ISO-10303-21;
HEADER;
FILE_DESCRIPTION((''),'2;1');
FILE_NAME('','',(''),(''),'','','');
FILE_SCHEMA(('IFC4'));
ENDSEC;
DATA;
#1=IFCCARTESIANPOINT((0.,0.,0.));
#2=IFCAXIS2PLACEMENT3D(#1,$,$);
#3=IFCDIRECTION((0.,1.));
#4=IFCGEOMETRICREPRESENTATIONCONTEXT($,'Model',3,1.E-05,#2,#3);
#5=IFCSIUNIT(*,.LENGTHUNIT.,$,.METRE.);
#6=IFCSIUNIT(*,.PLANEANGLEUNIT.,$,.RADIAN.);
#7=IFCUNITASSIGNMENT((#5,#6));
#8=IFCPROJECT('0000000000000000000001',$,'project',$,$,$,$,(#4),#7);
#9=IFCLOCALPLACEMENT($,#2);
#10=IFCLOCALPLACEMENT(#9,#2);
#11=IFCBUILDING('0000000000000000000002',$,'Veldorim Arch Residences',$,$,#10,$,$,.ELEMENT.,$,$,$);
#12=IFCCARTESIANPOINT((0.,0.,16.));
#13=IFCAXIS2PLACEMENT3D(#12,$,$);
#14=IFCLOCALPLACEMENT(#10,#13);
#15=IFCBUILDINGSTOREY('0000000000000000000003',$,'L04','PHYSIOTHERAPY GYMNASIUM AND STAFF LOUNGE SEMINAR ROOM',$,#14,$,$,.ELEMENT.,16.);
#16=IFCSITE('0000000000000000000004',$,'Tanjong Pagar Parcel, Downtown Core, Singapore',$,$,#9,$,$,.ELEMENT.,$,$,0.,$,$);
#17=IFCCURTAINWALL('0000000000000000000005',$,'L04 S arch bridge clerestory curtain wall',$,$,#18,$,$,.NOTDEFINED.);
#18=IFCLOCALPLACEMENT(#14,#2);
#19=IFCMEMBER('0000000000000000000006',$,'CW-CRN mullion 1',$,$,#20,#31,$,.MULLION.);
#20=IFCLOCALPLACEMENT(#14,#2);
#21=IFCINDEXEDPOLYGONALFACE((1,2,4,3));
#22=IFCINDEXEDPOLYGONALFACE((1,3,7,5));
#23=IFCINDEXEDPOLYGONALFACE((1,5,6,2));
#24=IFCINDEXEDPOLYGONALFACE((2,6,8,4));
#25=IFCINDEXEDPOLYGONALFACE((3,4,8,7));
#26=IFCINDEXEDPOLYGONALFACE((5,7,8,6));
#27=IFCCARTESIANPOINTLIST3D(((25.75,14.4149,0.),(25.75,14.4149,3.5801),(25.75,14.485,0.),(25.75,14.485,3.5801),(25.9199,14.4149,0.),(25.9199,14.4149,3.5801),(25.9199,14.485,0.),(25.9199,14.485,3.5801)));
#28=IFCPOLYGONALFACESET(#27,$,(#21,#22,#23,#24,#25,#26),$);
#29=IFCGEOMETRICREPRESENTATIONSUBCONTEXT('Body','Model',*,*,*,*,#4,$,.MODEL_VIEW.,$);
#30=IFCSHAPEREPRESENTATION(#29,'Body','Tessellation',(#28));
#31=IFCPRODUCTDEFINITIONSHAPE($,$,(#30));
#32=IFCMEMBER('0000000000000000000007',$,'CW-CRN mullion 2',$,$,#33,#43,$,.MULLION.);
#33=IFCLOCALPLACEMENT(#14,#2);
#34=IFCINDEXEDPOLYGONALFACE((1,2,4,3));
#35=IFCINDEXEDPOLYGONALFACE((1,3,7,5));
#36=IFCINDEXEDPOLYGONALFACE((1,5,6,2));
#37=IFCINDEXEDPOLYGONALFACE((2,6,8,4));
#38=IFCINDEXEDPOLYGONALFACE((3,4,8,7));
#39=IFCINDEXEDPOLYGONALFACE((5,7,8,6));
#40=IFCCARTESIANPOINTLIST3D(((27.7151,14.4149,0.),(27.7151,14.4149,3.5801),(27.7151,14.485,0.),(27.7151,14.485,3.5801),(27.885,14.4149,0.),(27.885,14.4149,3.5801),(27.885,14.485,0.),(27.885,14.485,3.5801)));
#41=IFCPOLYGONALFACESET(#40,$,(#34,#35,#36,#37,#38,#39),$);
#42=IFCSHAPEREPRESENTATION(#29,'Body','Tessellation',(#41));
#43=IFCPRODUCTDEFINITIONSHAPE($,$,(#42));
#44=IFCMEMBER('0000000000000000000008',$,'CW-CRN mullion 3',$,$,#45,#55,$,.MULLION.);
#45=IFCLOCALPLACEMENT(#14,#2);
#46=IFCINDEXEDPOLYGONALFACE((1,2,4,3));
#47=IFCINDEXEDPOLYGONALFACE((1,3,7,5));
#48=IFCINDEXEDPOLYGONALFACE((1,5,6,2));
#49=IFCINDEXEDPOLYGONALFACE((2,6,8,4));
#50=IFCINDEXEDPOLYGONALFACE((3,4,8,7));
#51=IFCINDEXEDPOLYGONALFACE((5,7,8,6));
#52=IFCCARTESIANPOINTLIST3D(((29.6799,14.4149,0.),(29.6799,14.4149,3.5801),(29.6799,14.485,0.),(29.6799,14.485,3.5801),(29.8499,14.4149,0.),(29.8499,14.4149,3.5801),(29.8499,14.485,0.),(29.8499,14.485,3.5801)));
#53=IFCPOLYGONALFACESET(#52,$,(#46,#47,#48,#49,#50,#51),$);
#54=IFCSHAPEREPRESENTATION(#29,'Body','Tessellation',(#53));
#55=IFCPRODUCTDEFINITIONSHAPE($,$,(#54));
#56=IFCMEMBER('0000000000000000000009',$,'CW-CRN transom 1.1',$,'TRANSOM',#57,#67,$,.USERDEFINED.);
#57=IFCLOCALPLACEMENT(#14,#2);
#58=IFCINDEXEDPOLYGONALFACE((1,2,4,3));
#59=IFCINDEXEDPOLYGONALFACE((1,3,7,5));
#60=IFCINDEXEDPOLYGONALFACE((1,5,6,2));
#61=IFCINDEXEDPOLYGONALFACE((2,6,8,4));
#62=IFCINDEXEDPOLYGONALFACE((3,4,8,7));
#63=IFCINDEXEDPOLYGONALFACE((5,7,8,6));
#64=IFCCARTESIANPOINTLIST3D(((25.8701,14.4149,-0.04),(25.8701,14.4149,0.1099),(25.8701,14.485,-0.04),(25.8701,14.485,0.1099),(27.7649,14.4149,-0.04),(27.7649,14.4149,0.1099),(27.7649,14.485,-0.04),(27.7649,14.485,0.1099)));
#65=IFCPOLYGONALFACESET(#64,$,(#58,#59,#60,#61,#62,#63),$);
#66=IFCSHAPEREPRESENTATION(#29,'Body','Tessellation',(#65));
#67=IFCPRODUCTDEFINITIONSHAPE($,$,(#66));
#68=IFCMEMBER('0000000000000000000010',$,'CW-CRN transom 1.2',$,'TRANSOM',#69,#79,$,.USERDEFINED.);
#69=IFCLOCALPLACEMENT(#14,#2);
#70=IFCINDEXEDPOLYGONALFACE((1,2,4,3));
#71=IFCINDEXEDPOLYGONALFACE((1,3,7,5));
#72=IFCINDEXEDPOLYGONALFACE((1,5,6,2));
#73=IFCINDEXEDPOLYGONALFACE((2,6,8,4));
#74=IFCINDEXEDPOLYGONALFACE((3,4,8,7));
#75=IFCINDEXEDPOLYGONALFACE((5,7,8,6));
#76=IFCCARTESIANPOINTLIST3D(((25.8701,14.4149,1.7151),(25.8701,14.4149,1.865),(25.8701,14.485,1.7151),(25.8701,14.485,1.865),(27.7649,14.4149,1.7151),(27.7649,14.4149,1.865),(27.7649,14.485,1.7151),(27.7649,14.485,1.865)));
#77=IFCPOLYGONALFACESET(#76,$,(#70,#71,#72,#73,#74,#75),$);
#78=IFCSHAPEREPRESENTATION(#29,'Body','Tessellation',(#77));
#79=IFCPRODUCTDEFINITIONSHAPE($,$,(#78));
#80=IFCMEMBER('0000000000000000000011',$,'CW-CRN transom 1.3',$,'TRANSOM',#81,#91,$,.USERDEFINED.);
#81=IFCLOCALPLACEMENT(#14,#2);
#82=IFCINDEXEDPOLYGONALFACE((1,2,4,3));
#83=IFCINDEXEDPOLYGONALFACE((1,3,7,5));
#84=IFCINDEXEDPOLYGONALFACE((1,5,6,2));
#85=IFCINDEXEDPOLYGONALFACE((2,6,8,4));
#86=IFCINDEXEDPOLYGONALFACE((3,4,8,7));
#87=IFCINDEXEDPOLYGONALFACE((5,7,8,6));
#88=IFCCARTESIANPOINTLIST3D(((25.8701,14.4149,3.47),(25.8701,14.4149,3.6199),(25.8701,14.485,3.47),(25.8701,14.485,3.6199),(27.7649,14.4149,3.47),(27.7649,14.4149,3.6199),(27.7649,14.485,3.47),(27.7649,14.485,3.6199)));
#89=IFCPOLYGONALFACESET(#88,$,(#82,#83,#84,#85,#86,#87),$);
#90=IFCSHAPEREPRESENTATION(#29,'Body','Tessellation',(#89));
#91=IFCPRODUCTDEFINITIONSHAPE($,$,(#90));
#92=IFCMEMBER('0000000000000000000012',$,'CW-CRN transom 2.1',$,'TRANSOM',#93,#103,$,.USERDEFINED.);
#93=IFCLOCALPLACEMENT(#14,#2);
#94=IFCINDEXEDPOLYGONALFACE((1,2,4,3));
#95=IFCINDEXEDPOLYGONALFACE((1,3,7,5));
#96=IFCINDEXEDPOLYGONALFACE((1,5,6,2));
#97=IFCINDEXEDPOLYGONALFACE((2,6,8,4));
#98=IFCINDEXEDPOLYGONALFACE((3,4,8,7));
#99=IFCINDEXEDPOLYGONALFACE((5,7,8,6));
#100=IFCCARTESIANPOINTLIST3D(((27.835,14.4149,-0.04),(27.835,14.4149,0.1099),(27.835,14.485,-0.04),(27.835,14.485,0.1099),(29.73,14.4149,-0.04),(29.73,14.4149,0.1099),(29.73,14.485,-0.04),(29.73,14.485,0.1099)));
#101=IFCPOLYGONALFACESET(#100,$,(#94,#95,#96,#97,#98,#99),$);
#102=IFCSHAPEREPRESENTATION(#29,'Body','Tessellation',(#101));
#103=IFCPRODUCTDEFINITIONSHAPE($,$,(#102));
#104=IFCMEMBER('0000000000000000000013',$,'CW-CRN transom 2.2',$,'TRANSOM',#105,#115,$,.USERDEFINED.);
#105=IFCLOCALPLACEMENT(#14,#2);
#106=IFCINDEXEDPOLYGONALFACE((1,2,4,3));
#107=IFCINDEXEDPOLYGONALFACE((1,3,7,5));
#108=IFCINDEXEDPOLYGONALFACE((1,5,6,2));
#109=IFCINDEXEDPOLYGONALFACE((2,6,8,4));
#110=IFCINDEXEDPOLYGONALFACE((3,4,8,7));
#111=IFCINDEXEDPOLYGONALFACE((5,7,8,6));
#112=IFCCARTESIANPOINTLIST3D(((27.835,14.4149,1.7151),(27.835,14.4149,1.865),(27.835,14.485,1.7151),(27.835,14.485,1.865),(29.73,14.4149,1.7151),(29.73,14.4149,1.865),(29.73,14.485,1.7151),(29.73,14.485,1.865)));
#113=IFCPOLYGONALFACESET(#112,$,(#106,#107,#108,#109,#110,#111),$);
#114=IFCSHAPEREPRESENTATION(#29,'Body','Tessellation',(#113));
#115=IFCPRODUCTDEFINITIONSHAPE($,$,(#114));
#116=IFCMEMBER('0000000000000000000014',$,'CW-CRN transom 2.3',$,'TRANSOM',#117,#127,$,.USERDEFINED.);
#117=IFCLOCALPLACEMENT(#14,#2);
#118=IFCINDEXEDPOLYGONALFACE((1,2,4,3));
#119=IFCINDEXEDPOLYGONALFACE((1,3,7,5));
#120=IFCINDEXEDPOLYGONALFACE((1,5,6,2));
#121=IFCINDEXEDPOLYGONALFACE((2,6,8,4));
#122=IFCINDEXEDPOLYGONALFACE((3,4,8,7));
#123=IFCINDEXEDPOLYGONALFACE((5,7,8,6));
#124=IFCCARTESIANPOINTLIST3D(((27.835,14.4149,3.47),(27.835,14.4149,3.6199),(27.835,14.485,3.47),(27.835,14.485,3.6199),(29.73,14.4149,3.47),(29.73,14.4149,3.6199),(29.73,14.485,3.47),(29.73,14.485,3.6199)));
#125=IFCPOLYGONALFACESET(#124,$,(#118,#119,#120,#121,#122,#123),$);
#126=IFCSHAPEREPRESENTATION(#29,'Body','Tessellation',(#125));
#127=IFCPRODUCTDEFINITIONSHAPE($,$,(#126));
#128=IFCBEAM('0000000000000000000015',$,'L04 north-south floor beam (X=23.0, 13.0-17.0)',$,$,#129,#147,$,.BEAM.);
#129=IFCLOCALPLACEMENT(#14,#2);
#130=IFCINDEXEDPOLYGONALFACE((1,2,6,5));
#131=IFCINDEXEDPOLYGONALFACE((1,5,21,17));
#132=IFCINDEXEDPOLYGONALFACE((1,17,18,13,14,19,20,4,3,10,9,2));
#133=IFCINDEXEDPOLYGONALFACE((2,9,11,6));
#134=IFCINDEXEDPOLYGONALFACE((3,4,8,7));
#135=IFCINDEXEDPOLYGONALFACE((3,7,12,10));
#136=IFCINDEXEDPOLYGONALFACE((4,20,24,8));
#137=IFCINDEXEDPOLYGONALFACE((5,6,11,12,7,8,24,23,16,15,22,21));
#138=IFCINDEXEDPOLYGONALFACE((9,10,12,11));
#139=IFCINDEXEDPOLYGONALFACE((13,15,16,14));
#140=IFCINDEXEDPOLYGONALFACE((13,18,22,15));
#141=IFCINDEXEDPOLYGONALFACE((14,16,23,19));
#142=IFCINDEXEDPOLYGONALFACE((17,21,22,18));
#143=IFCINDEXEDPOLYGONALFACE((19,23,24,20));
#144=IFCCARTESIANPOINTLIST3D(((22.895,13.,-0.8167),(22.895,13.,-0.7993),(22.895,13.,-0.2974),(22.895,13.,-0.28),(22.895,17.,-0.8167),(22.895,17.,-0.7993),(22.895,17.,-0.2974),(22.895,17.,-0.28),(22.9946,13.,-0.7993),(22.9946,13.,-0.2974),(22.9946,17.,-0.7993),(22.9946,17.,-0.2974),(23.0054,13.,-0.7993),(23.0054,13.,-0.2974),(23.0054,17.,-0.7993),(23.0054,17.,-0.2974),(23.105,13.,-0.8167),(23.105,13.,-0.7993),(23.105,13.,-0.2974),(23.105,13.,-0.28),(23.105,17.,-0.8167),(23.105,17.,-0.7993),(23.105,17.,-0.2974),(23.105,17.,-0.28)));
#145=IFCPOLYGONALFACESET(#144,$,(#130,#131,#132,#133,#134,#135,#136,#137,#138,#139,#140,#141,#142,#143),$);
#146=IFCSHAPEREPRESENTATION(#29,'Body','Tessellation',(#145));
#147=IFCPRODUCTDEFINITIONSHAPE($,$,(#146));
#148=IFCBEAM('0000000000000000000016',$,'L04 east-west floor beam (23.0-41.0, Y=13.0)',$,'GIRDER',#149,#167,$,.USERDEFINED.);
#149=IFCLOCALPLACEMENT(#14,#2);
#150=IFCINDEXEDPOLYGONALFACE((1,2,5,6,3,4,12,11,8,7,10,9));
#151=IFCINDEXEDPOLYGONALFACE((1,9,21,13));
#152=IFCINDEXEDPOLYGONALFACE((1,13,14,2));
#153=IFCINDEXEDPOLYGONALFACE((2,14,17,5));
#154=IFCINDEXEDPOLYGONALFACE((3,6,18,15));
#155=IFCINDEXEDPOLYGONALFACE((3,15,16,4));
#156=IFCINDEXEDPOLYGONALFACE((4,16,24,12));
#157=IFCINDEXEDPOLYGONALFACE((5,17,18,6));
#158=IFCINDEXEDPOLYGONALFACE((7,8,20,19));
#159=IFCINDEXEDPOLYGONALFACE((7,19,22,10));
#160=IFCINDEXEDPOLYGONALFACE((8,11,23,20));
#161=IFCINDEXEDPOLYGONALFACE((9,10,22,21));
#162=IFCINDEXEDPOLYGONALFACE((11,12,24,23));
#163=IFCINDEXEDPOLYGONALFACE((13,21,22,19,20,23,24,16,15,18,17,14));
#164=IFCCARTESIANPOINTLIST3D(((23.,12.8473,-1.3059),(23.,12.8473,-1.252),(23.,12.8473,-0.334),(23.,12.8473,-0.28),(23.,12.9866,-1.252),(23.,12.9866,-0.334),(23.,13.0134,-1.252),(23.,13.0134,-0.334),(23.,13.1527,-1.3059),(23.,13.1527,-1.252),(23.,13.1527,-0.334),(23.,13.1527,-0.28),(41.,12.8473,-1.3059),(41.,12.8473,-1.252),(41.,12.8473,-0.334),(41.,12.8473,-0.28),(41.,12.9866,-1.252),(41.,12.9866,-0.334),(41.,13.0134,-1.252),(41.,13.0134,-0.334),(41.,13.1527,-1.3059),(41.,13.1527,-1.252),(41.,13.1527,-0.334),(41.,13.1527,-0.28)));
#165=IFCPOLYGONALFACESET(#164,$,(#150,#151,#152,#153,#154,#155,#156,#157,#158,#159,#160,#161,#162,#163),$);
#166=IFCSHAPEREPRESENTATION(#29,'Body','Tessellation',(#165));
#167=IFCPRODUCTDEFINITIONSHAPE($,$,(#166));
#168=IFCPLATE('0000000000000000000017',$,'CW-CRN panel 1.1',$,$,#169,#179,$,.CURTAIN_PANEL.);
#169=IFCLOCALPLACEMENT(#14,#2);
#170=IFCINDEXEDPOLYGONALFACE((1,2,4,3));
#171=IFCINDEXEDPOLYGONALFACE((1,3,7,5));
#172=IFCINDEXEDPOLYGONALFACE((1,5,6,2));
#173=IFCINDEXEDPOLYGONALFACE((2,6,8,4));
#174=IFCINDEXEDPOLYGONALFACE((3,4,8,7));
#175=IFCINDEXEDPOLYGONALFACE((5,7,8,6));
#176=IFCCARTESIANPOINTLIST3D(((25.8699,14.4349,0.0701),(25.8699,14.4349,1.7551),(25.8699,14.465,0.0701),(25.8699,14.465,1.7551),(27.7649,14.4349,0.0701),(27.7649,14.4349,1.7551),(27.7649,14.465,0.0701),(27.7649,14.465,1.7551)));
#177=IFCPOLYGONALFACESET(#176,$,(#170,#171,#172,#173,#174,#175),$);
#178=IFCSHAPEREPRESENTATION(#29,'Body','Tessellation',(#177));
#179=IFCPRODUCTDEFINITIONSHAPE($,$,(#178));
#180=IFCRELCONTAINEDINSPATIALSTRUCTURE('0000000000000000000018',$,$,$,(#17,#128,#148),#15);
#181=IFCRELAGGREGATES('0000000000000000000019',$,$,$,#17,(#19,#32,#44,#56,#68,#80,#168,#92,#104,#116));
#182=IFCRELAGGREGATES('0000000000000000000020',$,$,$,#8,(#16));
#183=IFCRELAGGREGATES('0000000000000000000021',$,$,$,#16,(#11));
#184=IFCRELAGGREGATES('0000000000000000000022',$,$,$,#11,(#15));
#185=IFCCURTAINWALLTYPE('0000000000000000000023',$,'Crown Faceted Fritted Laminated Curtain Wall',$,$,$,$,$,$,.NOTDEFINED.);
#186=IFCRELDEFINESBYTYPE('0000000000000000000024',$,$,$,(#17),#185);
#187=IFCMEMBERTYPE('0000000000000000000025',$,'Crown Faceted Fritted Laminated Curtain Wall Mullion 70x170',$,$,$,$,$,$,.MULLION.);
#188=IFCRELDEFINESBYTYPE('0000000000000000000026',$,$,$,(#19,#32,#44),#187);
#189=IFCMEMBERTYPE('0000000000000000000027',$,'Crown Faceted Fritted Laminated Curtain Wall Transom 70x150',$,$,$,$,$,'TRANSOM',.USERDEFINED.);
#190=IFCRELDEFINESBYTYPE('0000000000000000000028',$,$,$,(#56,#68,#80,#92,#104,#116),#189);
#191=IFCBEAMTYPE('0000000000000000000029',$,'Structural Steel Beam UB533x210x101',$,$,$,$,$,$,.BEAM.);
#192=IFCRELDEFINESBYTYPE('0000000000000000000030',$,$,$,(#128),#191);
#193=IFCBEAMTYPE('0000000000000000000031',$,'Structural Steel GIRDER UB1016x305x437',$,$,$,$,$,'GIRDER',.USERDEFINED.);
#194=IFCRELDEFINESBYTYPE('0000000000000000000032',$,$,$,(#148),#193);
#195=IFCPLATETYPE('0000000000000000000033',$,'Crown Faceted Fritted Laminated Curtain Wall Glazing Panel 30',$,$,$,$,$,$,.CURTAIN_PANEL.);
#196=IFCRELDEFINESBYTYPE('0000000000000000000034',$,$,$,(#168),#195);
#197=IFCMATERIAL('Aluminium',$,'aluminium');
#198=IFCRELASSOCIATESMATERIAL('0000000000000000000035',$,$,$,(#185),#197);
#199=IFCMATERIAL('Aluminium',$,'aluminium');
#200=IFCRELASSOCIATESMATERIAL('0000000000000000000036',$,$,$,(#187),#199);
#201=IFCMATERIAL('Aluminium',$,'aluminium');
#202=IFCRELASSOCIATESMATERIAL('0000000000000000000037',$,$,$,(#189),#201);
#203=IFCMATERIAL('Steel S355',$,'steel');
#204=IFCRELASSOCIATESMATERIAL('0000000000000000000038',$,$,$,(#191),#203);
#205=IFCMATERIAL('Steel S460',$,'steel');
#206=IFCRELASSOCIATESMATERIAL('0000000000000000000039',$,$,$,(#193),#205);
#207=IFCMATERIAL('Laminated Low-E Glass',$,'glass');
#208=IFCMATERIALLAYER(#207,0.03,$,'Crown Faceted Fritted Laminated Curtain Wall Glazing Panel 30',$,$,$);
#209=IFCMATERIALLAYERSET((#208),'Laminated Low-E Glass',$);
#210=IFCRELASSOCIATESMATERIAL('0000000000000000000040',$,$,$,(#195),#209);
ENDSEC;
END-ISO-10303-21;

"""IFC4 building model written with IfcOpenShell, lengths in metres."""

from ifc_helpers import new_model, si_unit, direction, frame, origin, origin_2d, place, context, subcontext, project, spatial, rectangle, i_section, extrude, material, layer, layer_set, material_profile, profile_set, type_object, element, aggregate, save


model = new_model("IFC4")

# Units and contexts
model_context = context("Model", 3, precision=1e-05, world=origin(), true_north=direction((0.0, 1.0)))
body_context = subcontext(model_context, "Body", "Model", "MODEL_VIEW")
ifc_project = project(units=[si_unit("LENGTHUNIT", "METRE"), si_unit("PLANEANGLEUNIT", "RADIAN")], contexts=[model_context])

# Site, building, storey
site_placement = place(None, origin())
site = spatial("IfcSite", under=ifc_project, at=site_placement, Name="Tanjong Pagar Parcel, Downtown Core, Singapore", CompositionType="ELEMENT", RefElevation=0.0)
building_placement = place(site_placement, origin())
building = spatial("IfcBuilding", under=site, at=building_placement, Name="Veldorim Arch Residences", CompositionType="ELEMENT")
storey_placement = place(building_placement, frame((0.0, 0.0, 16.0)))
storey = spatial("IfcBuildingStorey", under=building, at=storey_placement, Name="L04", Description="PHYSIOTHERAPY GYMNASIUM AND STAFF LOUNGE SEMINAR ROOM", CompositionType="ELEMENT", Elevation=16.0)

# Curtain wall, members
ifc_material_1 = material(Name="Aluminium", Category="aluminium")
curtain_wall_type = type_object("IfcCurtainWallType", Name="Crown Faceted Fritted Laminated Curtain Wall", PredefinedType="NOTDEFINED", material=ifc_material_1)
curtain_wall_placement = place(storey_placement, origin())
curtain_wall = element("IfcCurtainWall", 1, at=curtain_wall_placement, inside=storey, type_object=curtain_wall_type, Name="L04 S arch bridge clerestory curtain wall", PredefinedType="NOTDEFINED")
ifc_material_2 = material(Name="Aluminium", Category="aluminium")
ifc_material_profile_1 = material_profile(ifc_material_2, rectangle(XDim=0.0701, YDim=0.1699, at=origin_2d()), Name="ALU_MUL_70x170")
ifc_profile_set_1 = profile_set([ifc_material_profile_1], Name="Aluminium")
member_type_1 = type_object("IfcMemberType", Name="Crown Faceted Fritted Laminated Curtain Wall Mullion 70x170", PredefinedType="MULLION", material=ifc_profile_set_1)
member_1_placement = place(storey_placement, frame((25.835, 14.45, 0.0), z_axis=(0.0, 0.0, 1.0), x_axis=(0.0, 1.0, 0.0)))
member_1 = element("IfcMember", 2, at=member_1_placement, type_object=member_type_1, Name="CW-CRN mullion 1", PredefinedType="MULLION", context=body_context, shape_type="SweptSolid", body=[
    extrude(rectangle(XDim=0.0701, YDim=0.1699, at=origin_2d()), origin(), (0.0, 0.0, 1.0), 3.5801),
])
member_2_placement = place(storey_placement, frame((27.8, 14.45, 0.0), z_axis=(0.0, 0.0, 1.0), x_axis=(0.0, 1.0, 0.0)))
member_2 = element("IfcMember", 3, at=member_2_placement, type_object=member_type_1, Name="CW-CRN mullion 2", PredefinedType="MULLION", context=body_context, shape_type="SweptSolid", body=[
    extrude(rectangle(XDim=0.0701, YDim=0.1699, at=origin_2d()), origin(), (0.0, 0.0, 1.0), 3.5801),
])
member_3_placement = place(storey_placement, frame((29.7649, 14.45, 0.0), z_axis=(0.0, 0.0, 1.0), x_axis=(0.0, 1.0, 0.0)))
member_3 = element("IfcMember", 4, at=member_3_placement, type_object=member_type_1, Name="CW-CRN mullion 3", PredefinedType="MULLION", context=body_context, shape_type="SweptSolid", body=[
    extrude(rectangle(XDim=0.0701, YDim=0.1699, at=origin_2d()), origin(), (0.0, 0.0, 1.0), 3.5801),
])
ifc_material_3 = material(Name="Aluminium", Category="aluminium")
ifc_material_profile_2 = material_profile(ifc_material_3, rectangle(XDim=0.0701, YDim=0.1499, at=origin_2d()), Name="ALU_TRN_70x150")
ifc_profile_set_2 = profile_set([ifc_material_profile_2], Name="Aluminium")
member_type_2 = type_object("IfcMemberType", Name="Crown Faceted Fritted Laminated Curtain Wall Transom 70x150", ElementType="TRANSOM", PredefinedType="USERDEFINED", material=ifc_profile_set_2)
member_4_placement = place(storey_placement, frame((25.8701, 14.45, 0.0349), z_axis=(1.0, 0.0, 0.0), x_axis=(0.0, 1.0, 0.0)))
member_4 = element("IfcMember", 5, at=member_4_placement, type_object=member_type_2, Name="CW-CRN transom 1.1", ObjectType="TRANSOM", PredefinedType="USERDEFINED", context=body_context, shape_type="SweptSolid", body=[
    extrude(rectangle(XDim=0.0701, YDim=0.1499, at=origin_2d()), origin(), (0.0, 0.0, 1.0), 1.8948),
])
member_5_placement = place(storey_placement, frame((25.8701, 14.45, 1.79), z_axis=(1.0, 0.0, 0.0), x_axis=(0.0, 1.0, 0.0)))
member_5 = element("IfcMember", 6, at=member_5_placement, type_object=member_type_2, Name="CW-CRN transom 1.2", ObjectType="TRANSOM", PredefinedType="USERDEFINED", context=body_context, shape_type="SweptSolid", body=[
    extrude(rectangle(XDim=0.0701, YDim=0.1499, at=origin_2d()), origin(), (0.0, 0.0, 1.0), 1.8948),
])
member_6_placement = place(storey_placement, frame((25.8701, 14.45, 3.5449), z_axis=(1.0, 0.0, 0.0), x_axis=(0.0, 1.0, 0.0)))
member_6 = element("IfcMember", 7, at=member_6_placement, type_object=member_type_2, Name="CW-CRN transom 1.3", ObjectType="TRANSOM", PredefinedType="USERDEFINED", context=body_context, shape_type="SweptSolid", body=[
    extrude(rectangle(XDim=0.0701, YDim=0.1499, at=origin_2d()), origin(), (0.0, 0.0, 1.0), 1.8948),
])
member_7_placement = place(storey_placement, frame((27.835, 14.45, 0.0349), z_axis=(1.0, 0.0, 0.0), x_axis=(0.0, 1.0, 0.0)))
member_7 = element("IfcMember", 8, at=member_7_placement, type_object=member_type_2, Name="CW-CRN transom 2.1", ObjectType="TRANSOM", PredefinedType="USERDEFINED", context=body_context, shape_type="SweptSolid", body=[
    extrude(rectangle(XDim=0.0701, YDim=0.1499, at=origin_2d()), origin(), (0.0, 0.0, 1.0), 1.895),
])
member_8_placement = place(storey_placement, frame((27.835, 14.45, 1.79), z_axis=(1.0, 0.0, 0.0), x_axis=(0.0, 1.0, 0.0)))
member_8 = element("IfcMember", 9, at=member_8_placement, type_object=member_type_2, Name="CW-CRN transom 2.2", ObjectType="TRANSOM", PredefinedType="USERDEFINED", context=body_context, shape_type="SweptSolid", body=[
    extrude(rectangle(XDim=0.0701, YDim=0.1499, at=origin_2d()), origin(), (0.0, 0.0, 1.0), 1.895),
])
member_9_placement = place(storey_placement, frame((27.835, 14.45, 3.5449), z_axis=(1.0, 0.0, 0.0), x_axis=(0.0, 1.0, 0.0)))
member_9 = element("IfcMember", 10, at=member_9_placement, type_object=member_type_2, Name="CW-CRN transom 2.3", ObjectType="TRANSOM", PredefinedType="USERDEFINED", context=body_context, shape_type="SweptSolid", body=[
    extrude(rectangle(XDim=0.0701, YDim=0.1499, at=origin_2d()), origin(), (0.0, 0.0, 1.0), 1.895),
])

# Beams
ifc_material_4 = material(Name="Steel S355", Category="steel")
ifc_material_profile_3 = material_profile(ifc_material_4, i_section(OverallWidth=0.21, OverallDepth=0.5366, WebThickness=0.0107, FlangeThickness=0.0173, at=origin_2d()), Name="UB533x210x101")
ifc_profile_set_3 = profile_set([ifc_material_profile_3], Name="Steel S355")
beam_type_1 = type_object("IfcBeamType", Name="Structural Steel Beam UB533x210x101", PredefinedType="BEAM", material=ifc_profile_set_3)
beam_1_placement = place(storey_placement, frame((23.0, 13.0, -0.5483), z_axis=(0.0, 1.0, 0.0), x_axis=(-1.0, 0.0, 0.0)))
element("IfcBeam", 11, at=beam_1_placement, inside=storey, type_object=beam_type_1, Name="L04 north-south floor beam (X=23.0, 13.0-17.0)", PredefinedType="BEAM", context=body_context, shape_type="SweptSolid", body=[
    extrude(i_section(OverallWidth=0.21, OverallDepth=0.5366, WebThickness=0.0107, FlangeThickness=0.0173, at=origin_2d()), origin(), (0.0, 0.0, 1.0), 4.0),
])
ifc_material_5 = material(Name="Steel S460", Category="steel")
ifc_material_profile_4 = material_profile(ifc_material_5, i_section(OverallWidth=0.3054, OverallDepth=1.0259, WebThickness=0.0269, FlangeThickness=0.054, at=origin_2d()), Name="UB1016x305x437")
ifc_profile_set_4 = profile_set([ifc_material_profile_4], Name="Steel S460")
beam_type_2 = type_object("IfcBeamType", Name="Structural Steel GIRDER UB1016x305x437", ElementType="GIRDER", PredefinedType="USERDEFINED", material=ifc_profile_set_4)
beam_2_placement = place(storey_placement, frame((23.0, 13.0, -0.793), z_axis=(1.0, 0.0, 0.0), x_axis=(0.0, 1.0, 0.0)))
element("IfcBeam", 12, at=beam_2_placement, inside=storey, type_object=beam_type_2, Name="L04 east-west floor beam (23.0-41.0, Y=13.0)", ObjectType="GIRDER", PredefinedType="USERDEFINED", context=body_context, shape_type="SweptSolid", body=[
    extrude(i_section(OverallWidth=0.3054, OverallDepth=1.0259, WebThickness=0.0269, FlangeThickness=0.054, at=origin_2d()), origin(), (0.0, 0.0, 1.0), 18.0),
])

# Plate
ifc_material_6 = material(Name="Laminated Low-E Glass", Category="glass")
ifc_layer_1 = layer(ifc_material_6, 0.03, Name="Crown Faceted Fritted Laminated Curtain Wall Glazing Panel 30")
ifc_layer_set_1 = layer_set([ifc_layer_1], Name="Laminated Low-E Glass")
plate_type = type_object("IfcPlateType", Name="Crown Faceted Fritted Laminated Curtain Wall Glazing Panel 30", PredefinedType="CURTAIN_PANEL", material=ifc_layer_set_1)
plate_1_placement = place(storey_placement, frame((26.8174, 14.45, 0.0701), z_axis=(0.0, 0.0, 1.0), x_axis=(1.0, 0.0, 0.0)))
plate_1 = element("IfcPlate", 13, at=plate_1_placement, type_object=plate_type, Name="CW-CRN panel 1.1", PredefinedType="CURTAIN_PANEL", context=body_context, shape_type="SweptSolid", body=[
    extrude(rectangle(XDim=1.895, YDim=0.03, at=origin_2d()), origin(), (0.0, 0.0, 1.0), 1.6851),
])
aggregate(curtain_wall, [member_1, member_2, member_3, member_4, member_5, member_6, plate_1, member_7, member_8, member_9])

save(model, "model.ifc")
